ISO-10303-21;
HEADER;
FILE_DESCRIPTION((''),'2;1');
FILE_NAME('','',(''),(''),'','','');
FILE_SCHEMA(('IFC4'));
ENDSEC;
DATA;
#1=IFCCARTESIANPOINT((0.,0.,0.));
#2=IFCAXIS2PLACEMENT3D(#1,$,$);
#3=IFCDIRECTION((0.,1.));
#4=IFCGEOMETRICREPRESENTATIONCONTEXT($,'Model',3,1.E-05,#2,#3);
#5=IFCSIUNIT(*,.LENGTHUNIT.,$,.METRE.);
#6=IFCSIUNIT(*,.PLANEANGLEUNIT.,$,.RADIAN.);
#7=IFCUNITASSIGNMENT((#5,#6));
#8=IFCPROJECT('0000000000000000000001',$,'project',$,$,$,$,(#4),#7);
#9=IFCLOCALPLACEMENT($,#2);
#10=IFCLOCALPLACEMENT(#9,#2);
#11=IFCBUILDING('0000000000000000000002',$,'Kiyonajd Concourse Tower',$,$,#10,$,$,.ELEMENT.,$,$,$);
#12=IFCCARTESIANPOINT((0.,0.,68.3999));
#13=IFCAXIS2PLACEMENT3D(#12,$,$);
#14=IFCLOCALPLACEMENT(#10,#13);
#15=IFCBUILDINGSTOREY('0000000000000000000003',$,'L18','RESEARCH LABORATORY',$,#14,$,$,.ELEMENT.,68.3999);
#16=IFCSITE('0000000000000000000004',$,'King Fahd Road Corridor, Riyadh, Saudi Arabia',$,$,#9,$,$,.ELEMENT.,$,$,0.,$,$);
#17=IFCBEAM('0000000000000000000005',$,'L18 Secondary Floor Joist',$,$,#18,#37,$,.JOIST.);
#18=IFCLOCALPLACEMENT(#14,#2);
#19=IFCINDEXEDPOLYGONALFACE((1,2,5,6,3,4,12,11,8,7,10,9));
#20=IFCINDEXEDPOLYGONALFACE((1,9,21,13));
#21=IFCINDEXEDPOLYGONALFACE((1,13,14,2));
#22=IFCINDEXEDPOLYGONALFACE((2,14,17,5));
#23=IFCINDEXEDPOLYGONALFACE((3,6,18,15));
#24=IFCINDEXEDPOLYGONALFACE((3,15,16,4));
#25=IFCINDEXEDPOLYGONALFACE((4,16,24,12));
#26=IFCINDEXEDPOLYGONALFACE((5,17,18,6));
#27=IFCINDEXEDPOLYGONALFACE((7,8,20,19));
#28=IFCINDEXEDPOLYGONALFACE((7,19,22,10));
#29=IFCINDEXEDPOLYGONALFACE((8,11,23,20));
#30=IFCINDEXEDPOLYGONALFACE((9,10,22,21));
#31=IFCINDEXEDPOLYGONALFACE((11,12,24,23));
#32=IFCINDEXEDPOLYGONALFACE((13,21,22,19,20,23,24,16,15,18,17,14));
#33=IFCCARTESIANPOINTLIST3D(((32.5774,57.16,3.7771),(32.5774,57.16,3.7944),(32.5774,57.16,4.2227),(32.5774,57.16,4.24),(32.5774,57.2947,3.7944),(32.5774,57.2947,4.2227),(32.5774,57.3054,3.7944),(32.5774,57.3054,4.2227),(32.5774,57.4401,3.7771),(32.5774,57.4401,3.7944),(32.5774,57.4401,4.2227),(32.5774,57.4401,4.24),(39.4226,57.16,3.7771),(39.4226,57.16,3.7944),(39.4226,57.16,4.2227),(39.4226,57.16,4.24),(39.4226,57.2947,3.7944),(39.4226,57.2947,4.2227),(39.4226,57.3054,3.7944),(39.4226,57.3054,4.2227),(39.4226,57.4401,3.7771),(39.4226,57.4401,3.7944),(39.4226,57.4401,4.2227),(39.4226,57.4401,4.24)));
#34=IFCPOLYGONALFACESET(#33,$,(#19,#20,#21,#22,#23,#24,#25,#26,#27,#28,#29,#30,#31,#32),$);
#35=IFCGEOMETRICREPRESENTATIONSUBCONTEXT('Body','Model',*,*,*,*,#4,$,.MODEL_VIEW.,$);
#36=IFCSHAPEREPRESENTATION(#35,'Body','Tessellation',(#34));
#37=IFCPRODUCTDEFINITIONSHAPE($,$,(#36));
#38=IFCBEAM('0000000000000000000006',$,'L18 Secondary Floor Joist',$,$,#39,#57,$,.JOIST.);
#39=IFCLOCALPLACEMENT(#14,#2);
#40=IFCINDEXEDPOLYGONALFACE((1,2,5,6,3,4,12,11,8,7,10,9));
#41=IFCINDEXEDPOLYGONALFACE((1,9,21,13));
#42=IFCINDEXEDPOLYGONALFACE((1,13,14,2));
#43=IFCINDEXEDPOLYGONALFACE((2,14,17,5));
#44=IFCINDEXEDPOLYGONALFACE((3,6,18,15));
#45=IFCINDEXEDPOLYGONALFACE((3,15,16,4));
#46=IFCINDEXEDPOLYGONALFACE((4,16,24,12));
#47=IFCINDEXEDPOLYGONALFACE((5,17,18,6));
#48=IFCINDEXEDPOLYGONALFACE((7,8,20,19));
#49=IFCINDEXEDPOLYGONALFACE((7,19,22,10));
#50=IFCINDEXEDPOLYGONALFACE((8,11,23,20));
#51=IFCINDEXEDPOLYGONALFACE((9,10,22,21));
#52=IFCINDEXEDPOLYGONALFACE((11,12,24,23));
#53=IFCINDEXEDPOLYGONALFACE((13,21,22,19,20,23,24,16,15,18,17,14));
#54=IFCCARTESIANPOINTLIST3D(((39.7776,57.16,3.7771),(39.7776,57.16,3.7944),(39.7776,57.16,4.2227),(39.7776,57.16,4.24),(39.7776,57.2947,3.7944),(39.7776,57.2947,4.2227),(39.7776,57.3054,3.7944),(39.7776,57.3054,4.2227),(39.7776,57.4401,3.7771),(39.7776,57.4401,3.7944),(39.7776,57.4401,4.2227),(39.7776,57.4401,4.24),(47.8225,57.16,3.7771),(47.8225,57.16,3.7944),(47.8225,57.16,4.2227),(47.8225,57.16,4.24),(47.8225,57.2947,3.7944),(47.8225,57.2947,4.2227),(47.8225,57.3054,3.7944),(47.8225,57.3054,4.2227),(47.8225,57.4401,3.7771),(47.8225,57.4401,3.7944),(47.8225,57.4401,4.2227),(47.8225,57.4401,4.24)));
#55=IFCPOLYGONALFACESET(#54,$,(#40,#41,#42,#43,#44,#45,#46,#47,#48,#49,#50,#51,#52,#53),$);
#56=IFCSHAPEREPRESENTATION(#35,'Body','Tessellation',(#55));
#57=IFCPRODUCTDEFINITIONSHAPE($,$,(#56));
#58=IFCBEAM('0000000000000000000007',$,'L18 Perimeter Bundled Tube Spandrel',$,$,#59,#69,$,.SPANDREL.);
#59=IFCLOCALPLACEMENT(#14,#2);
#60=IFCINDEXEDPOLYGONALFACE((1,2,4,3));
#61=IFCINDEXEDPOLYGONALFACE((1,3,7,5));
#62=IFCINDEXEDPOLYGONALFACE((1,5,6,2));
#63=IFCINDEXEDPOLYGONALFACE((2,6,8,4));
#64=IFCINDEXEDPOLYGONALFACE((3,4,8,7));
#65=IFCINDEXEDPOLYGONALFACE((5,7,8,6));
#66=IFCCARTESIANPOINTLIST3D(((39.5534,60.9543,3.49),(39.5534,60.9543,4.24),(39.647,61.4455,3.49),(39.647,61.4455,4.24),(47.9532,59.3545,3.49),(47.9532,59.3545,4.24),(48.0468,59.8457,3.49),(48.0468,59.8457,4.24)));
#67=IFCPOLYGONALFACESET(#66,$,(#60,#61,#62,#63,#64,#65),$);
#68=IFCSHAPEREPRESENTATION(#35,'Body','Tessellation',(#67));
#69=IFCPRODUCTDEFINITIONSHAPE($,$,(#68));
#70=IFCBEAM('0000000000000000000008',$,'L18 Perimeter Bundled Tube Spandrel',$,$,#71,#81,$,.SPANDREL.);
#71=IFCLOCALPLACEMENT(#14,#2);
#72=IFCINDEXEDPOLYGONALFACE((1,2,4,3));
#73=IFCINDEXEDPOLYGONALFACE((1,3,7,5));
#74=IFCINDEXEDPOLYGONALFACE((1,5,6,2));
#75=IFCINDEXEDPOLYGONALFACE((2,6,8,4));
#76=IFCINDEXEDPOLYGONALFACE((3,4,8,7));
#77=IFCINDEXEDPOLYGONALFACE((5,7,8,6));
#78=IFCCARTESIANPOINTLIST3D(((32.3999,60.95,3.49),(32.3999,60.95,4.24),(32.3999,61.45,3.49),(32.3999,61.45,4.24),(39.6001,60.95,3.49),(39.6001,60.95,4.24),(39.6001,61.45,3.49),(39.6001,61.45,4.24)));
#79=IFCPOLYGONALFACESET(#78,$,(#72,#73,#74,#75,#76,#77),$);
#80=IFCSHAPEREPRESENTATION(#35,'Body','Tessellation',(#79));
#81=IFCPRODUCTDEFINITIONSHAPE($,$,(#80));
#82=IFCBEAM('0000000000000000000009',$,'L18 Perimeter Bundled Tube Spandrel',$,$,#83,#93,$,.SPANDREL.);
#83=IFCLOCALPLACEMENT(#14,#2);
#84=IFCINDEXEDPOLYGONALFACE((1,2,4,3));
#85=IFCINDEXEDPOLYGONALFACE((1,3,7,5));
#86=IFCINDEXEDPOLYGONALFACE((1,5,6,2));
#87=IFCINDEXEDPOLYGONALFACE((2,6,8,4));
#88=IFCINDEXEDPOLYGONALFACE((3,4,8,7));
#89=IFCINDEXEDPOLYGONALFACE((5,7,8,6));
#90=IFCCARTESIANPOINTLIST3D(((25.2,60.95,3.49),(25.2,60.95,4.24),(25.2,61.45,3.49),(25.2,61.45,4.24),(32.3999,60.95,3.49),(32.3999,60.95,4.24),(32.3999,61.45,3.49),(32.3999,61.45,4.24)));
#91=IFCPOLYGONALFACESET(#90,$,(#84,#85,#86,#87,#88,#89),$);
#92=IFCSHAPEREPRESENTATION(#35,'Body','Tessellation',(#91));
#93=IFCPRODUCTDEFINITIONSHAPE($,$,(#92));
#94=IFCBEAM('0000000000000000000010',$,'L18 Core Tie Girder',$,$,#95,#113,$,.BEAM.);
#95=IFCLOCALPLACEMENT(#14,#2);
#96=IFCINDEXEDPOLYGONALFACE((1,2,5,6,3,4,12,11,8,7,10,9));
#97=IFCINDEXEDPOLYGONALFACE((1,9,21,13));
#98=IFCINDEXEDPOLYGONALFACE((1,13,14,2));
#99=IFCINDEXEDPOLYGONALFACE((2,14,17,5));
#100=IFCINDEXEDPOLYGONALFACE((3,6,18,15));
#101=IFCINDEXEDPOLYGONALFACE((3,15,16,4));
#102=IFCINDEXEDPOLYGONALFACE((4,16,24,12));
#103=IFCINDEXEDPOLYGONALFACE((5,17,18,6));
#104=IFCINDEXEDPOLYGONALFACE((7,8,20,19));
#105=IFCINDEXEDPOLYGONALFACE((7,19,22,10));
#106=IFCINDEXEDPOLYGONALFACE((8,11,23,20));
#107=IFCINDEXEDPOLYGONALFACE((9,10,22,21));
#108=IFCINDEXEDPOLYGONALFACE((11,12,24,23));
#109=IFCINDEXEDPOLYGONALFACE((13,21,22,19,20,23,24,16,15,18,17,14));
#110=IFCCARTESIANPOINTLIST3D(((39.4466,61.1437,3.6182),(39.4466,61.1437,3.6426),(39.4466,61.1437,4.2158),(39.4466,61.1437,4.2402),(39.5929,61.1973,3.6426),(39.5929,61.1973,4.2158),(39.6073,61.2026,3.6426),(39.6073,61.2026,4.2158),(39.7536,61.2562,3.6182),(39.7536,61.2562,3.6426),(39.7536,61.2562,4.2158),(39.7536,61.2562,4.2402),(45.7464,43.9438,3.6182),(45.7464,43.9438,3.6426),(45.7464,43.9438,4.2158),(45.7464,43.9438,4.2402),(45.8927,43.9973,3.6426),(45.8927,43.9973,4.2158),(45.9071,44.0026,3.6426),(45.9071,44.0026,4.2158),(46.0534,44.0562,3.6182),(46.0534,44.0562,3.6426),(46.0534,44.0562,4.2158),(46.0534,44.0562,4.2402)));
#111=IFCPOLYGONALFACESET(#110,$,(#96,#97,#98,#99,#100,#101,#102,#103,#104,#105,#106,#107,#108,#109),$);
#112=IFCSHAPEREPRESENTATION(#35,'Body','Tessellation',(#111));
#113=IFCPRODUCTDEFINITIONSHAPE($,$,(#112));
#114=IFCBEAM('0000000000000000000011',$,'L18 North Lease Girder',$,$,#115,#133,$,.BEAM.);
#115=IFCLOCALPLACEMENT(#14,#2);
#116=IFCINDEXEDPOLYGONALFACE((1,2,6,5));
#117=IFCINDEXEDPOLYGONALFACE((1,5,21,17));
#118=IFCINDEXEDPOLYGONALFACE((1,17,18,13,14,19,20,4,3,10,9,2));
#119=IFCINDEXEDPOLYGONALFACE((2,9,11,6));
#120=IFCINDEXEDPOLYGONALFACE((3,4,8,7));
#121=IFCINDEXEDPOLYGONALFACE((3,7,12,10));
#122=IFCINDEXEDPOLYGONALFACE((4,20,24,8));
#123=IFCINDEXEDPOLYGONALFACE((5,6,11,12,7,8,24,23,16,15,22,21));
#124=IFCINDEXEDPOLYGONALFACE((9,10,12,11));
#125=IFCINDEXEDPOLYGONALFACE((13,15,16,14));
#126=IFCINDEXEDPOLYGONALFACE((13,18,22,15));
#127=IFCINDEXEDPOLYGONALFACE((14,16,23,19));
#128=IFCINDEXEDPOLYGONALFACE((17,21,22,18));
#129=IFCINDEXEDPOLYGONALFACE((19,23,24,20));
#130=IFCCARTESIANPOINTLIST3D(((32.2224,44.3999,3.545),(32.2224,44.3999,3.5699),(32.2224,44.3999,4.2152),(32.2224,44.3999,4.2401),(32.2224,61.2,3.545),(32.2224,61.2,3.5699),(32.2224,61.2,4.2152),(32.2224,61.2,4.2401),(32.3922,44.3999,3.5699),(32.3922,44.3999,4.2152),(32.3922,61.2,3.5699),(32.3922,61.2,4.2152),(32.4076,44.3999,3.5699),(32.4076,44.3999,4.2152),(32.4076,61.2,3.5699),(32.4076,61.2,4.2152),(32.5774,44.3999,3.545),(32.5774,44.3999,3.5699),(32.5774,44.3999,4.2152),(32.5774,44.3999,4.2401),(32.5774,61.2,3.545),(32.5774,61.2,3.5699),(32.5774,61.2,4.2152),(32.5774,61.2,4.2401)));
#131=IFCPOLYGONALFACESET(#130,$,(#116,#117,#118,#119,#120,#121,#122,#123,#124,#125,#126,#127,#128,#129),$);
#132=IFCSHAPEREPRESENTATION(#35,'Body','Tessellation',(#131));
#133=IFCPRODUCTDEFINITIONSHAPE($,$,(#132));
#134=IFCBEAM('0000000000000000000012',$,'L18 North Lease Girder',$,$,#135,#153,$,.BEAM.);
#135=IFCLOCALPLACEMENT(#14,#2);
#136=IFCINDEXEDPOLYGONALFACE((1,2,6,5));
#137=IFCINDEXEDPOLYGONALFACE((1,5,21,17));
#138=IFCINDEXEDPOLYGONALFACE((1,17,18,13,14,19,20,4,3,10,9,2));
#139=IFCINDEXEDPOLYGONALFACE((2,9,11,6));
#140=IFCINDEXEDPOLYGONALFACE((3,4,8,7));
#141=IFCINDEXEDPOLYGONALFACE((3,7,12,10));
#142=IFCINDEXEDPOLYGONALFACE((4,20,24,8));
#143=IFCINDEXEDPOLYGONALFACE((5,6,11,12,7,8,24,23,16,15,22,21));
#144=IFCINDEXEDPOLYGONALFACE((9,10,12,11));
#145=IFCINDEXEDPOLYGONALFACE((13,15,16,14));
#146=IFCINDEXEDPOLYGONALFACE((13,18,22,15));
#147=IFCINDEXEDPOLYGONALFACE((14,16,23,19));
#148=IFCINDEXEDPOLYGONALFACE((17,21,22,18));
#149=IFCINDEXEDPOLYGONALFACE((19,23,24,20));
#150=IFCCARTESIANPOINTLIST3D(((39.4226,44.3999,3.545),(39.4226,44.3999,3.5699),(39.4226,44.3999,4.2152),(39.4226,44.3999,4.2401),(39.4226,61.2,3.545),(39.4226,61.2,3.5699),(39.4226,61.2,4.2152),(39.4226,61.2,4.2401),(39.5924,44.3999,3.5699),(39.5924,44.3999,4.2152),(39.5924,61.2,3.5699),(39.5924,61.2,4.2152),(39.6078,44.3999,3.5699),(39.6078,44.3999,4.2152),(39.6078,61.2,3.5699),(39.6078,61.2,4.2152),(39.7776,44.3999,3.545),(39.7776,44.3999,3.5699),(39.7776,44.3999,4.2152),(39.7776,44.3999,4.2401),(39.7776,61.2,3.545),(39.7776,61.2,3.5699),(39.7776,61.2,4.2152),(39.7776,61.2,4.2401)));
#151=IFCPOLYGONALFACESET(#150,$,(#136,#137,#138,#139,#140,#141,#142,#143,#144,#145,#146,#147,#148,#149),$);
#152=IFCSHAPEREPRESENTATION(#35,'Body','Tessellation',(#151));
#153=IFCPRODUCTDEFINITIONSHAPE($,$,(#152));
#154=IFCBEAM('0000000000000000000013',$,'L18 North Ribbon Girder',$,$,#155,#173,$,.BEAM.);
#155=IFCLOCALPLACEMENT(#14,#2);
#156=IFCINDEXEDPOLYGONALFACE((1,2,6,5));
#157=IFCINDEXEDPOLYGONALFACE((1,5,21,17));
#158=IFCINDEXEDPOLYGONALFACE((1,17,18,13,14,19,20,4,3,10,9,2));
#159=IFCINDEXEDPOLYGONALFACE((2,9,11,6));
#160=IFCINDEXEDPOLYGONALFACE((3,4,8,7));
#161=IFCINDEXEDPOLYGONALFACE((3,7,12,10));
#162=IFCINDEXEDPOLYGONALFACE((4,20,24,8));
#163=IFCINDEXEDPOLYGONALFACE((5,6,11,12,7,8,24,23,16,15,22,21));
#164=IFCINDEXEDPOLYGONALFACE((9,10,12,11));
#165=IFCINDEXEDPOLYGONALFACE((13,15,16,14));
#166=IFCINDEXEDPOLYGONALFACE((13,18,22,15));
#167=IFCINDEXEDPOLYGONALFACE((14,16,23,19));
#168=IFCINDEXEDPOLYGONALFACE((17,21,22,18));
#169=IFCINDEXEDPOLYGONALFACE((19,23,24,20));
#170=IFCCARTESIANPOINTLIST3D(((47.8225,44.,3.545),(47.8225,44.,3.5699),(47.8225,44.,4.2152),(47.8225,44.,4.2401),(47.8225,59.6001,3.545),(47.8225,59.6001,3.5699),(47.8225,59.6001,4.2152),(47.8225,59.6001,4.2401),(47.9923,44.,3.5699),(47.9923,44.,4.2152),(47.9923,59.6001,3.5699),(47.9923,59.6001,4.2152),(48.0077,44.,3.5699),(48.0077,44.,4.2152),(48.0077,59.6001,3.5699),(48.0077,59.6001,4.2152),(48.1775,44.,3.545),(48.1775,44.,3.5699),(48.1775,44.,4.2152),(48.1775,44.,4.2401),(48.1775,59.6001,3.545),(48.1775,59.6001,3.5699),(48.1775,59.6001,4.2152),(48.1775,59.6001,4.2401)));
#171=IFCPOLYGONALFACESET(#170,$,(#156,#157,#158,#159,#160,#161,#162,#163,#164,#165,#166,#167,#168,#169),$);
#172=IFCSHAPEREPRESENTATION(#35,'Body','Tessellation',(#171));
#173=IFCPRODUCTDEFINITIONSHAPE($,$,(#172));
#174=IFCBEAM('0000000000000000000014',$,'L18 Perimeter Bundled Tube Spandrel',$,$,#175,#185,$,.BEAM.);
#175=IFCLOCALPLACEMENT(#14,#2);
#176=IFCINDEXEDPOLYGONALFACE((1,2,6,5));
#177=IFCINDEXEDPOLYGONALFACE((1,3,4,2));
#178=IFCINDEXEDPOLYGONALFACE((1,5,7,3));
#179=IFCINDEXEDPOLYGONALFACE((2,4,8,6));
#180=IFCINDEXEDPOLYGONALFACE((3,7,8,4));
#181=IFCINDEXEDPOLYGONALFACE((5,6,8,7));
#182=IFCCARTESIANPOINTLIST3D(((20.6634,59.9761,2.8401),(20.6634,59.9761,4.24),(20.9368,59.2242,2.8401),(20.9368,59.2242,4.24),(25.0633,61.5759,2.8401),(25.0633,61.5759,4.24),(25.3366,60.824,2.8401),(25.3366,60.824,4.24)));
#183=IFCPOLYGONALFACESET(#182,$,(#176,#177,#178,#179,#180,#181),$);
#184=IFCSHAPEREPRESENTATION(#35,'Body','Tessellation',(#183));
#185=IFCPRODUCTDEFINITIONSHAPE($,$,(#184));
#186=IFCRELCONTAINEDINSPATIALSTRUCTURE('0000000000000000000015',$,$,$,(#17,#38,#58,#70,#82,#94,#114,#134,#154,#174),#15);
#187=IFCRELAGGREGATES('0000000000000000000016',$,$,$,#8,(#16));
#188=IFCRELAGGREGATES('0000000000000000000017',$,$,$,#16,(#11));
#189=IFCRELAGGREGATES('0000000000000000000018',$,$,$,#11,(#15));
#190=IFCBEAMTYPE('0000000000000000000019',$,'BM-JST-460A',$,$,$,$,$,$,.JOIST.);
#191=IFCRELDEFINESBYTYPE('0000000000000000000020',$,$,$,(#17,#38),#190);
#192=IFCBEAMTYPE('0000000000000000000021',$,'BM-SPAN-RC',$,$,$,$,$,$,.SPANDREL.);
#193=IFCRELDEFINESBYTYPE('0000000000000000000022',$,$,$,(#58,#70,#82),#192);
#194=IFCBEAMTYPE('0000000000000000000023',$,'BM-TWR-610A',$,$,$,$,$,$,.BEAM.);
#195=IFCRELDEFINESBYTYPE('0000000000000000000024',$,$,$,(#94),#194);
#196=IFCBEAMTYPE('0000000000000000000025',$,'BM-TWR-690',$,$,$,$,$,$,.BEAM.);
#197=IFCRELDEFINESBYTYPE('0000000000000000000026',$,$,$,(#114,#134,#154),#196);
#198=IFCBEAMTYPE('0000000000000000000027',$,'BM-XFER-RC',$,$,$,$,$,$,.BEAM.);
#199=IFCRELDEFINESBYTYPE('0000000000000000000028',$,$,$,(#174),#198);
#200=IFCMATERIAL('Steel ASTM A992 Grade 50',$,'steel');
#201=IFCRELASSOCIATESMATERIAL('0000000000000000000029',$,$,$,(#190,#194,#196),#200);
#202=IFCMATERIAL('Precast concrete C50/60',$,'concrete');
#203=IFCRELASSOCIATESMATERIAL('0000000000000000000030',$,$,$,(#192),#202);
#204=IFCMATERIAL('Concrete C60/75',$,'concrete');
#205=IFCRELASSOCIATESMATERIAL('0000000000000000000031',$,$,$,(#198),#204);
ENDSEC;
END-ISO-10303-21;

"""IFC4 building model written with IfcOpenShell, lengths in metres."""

from ifc_helpers import new_model, si_unit, direction, frame, origin, origin_2d, place, context, subcontext, project, spatial, rectangle, i_section, extrude, material, material_profile, profile_set, type_object, element, save


model = new_model("IFC4")

# Units and contexts
model_context = context("Model", 3, precision=1e-05, world=origin(), true_north=direction((0.0, 1.0)))
body_context = subcontext(model_context, "Body", "Model", "MODEL_VIEW")
ifc_project = project(units=[si_unit("LENGTHUNIT", "METRE"), si_unit("PLANEANGLEUNIT", "RADIAN")], contexts=[model_context])

# Site, building, storey
site_placement = place(None, origin())
site = spatial("IfcSite", under=ifc_project, at=site_placement, Name="King Fahd Road Corridor, Riyadh, Saudi Arabia", CompositionType="ELEMENT", RefElevation=0.0)
building_placement = place(site_placement, origin())
building = spatial("IfcBuilding", under=site, at=building_placement, Name="Kiyonajd Concourse Tower", CompositionType="ELEMENT")
storey_placement = place(building_placement, frame((0.0, 0.0, 68.3999)))
storey = spatial("IfcBuildingStorey", under=building, at=storey_placement, Name="L18", Description="RESEARCH LABORATORY", CompositionType="ELEMENT", Elevation=68.3999)

# Shared definitions
ifc_material_1 = material(Name="Concrete C60/75", Category="concrete")

# Beams
ifc_material_2 = material(Name="Steel ASTM A992 Grade 50", Category="steel")
ifc_material_profile_1 = material_profile(ifc_material_2, i_section(OverallWidth=0.28, OverallDepth=0.4629, WebThickness=0.0107, FlangeThickness=0.0173, at=origin_2d()), Name="W460X113")
ifc_profile_set_1 = profile_set([ifc_material_profile_1], Name="Steel ASTM A992 Grade 50")
beam_type_1 = type_object("IfcBeamType", Name="BM-JST-460A", PredefinedType="JOIST", material=ifc_profile_set_1)
beam_1_placement = place(storey_placement, frame((32.5774, 57.3, 4.0085), z_axis=(1.0, 0.0, 0.0), x_axis=(0.0, 1.0, 0.0)))
element("IfcBeam", 1, at=beam_1_placement, inside=storey, type_object=beam_type_1, Name="L18 Secondary Floor Joist", PredefinedType="JOIST", context=body_context, shape_type="SweptSolid", body=[
    extrude(i_section(OverallWidth=0.28, OverallDepth=0.4629, WebThickness=0.0107, FlangeThickness=0.0173, at=origin_2d()), origin(), (0.0, 0.0, 1.0), 6.8452),
])
beam_2_placement = place(storey_placement, frame((39.7776, 57.3, 4.0085), z_axis=(1.0, 0.0, 0.0), x_axis=(0.0, 1.0, 0.0)))
element("IfcBeam", 2, at=beam_2_placement, inside=storey, type_object=beam_type_1, Name="L18 Secondary Floor Joist", PredefinedType="JOIST", context=body_context, shape_type="SweptSolid", body=[
    extrude(i_section(OverallWidth=0.28, OverallDepth=0.4629, WebThickness=0.0107, FlangeThickness=0.0173, at=origin_2d()), origin(), (0.0, 0.0, 1.0), 8.0449),
])
ifc_material_3 = material(Name="Precast concrete C50/60", Category="concrete")
ifc_material_profile_2 = material_profile(ifc_material_3, rectangle(XDim=0.5, YDim=0.75, at=origin_2d()), Name="RCBM-500x750")
ifc_profile_set_2 = profile_set([ifc_material_profile_2], Name="Precast concrete C50/60")
beam_type_2 = type_object("IfcBeamType", Name="BM-SPAN-RC", PredefinedType="SPANDREL", material=ifc_profile_set_2)
beam_3_placement = place(storey_placement, frame((48.0, 59.6001, 3.865), z_axis=(-0.982341, 0.187098, 0.0), x_axis=(-0.187098, -0.982341, 0.0)))
element("IfcBeam", 3, at=beam_3_placement, inside=storey, type_object=beam_type_2, Name="L18 Perimeter Bundled Tube Spandrel", PredefinedType="SPANDREL", context=body_context, shape_type="SweptSolid", body=[
    extrude(rectangle(XDim=0.5, YDim=0.75, at=origin_2d()), origin(), (0.0, 0.0, 1.0), 8.5508),
])
beam_4_placement = place(storey_placement, frame((39.6001, 61.2, 3.865), z_axis=(-1.0, 0.0, 0.0), x_axis=(0.0, -1.0, 0.0)))
element("IfcBeam", 4, at=beam_4_placement, inside=storey, type_object=beam_type_2, Name="L18 Perimeter Bundled Tube Spandrel", PredefinedType="SPANDREL", context=body_context, shape_type="SweptSolid", body=[
    extrude(rectangle(XDim=0.5, YDim=0.75, at=origin_2d()), origin(), (0.0, 0.0, 1.0), 7.2002),
])
beam_5_placement = place(storey_placement, frame((32.3999, 61.2, 3.865), z_axis=(-1.0, 0.0, 0.0), x_axis=(0.0, -1.0, 0.0)))
element("IfcBeam", 5, at=beam_5_placement, inside=storey, type_object=beam_type_2, Name="L18 Perimeter Bundled Tube Spandrel", PredefinedType="SPANDREL", context=body_context, shape_type="SweptSolid", body=[
    extrude(rectangle(XDim=0.5, YDim=0.75, at=origin_2d()), origin(), (0.0, 0.0, 1.0), 7.2),
])
ifc_material_profile_3 = material_profile(ifc_material_2, i_section(OverallWidth=0.3269, OverallDepth=0.6221, WebThickness=0.0154, FlangeThickness=0.0244, at=origin_2d()), Name="W610X195")
ifc_profile_set_3 = profile_set([ifc_material_profile_3], Name="Steel ASTM A992 Grade 50")
beam_type_3 = type_object("IfcBeamType", Name="BM-TWR-610A", PredefinedType="BEAM", material=ifc_profile_set_3)
beam_6_placement = place(storey_placement, frame((39.6001, 61.2, 3.9292), z_axis=(0.343925, -0.938997, 0.0), x_axis=(0.938997, 0.343925, 0.0)))
element("IfcBeam", 6, at=beam_6_placement, inside=storey, type_object=beam_type_3, Name="L18 Core Tie Girder", PredefinedType="BEAM", context=body_context, shape_type="SweptSolid", body=[
    extrude(i_section(OverallWidth=0.3269, OverallDepth=0.6221, WebThickness=0.0154, FlangeThickness=0.0244, at=origin_2d()), origin(), (0.0, 0.0, 1.0), 18.3174),
])
ifc_material_profile_4 = material_profile(ifc_material_2, i_section(OverallWidth=0.355, OverallDepth=0.6951, WebThickness=0.0154, FlangeThickness=0.0249, at=origin_2d()), Name="W690X217")
ifc_profile_set_4 = profile_set([ifc_material_profile_4], Name="Steel ASTM A992 Grade 50")
beam_type_4 = type_object("IfcBeamType", Name="BM-TWR-690", PredefinedType="BEAM", material=ifc_profile_set_4)
for number, where, z_axis, x_axis, name in (
    (7, (32.3999, 44.3999, 3.8926), (0.0, 1.0, 0.0), (-1.0, 0.0, 0.0), "L18 North Lease Girder"),
    (8, (39.6001, 44.3999, 3.8926), (0.0, 1.0, 0.0), (-1.0, 0.0, 0.0), "L18 North Lease Girder"),
):
    element("IfcBeam", number, at=place(storey_placement, frame(where, z_axis=z_axis, x_axis=x_axis)), inside=storey, type_object=beam_type_4, Name=name, PredefinedType="BEAM", context=body_context, shape_type="SweptSolid", body=[
        extrude(i_section(OverallWidth=0.355, OverallDepth=0.6951, WebThickness=0.0154, FlangeThickness=0.0249, at=origin_2d()), origin(), (0.0, 0.0, 1.0), 16.8),
    ])
beam_7_placement = place(storey_placement, frame((48.0, 44.0, 3.8926), z_axis=(0.0, 1.0, 0.0), x_axis=(-1.0, 0.0, 0.0)))
element("IfcBeam", 9, at=beam_7_placement, inside=storey, type_object=beam_type_4, Name="L18 North Ribbon Girder", PredefinedType="BEAM", context=body_context, shape_type="SweptSolid", body=[
    extrude(i_section(OverallWidth=0.355, OverallDepth=0.6951, WebThickness=0.0154, FlangeThickness=0.0249, at=origin_2d()), origin(), (0.0, 0.0, 1.0), 15.6001),
])
ifc_material_profile_5 = material_profile(ifc_material_1, rectangle(XDim=0.8, YDim=1.3999, at=origin_2d()), Name="RCBM-800x1400")
ifc_profile_set_5 = profile_set([ifc_material_profile_5], Name="Concrete C60/75")
beam_type_5 = type_object("IfcBeamType", Name="BM-XFER-RC", PredefinedType="BEAM", material=ifc_profile_set_5)
beam_8_placement = place(storey_placement, frame((25.2, 61.2, 3.54), z_axis=(-0.939801, -0.341722, 0.0), x_axis=(0.341722, -0.939801, 0.0)))
element("IfcBeam", 10, at=beam_8_placement, inside=storey, type_object=beam_type_5, Name="L18 Perimeter Bundled Tube Spandrel", PredefinedType="BEAM", context=body_context, shape_type="SweptSolid", body=[
    extrude(rectangle(XDim=0.8, YDim=1.3999, at=origin_2d()), origin(), (0.0, 0.0, 1.0), 4.6816),
])

save(model, "model.ifc")
